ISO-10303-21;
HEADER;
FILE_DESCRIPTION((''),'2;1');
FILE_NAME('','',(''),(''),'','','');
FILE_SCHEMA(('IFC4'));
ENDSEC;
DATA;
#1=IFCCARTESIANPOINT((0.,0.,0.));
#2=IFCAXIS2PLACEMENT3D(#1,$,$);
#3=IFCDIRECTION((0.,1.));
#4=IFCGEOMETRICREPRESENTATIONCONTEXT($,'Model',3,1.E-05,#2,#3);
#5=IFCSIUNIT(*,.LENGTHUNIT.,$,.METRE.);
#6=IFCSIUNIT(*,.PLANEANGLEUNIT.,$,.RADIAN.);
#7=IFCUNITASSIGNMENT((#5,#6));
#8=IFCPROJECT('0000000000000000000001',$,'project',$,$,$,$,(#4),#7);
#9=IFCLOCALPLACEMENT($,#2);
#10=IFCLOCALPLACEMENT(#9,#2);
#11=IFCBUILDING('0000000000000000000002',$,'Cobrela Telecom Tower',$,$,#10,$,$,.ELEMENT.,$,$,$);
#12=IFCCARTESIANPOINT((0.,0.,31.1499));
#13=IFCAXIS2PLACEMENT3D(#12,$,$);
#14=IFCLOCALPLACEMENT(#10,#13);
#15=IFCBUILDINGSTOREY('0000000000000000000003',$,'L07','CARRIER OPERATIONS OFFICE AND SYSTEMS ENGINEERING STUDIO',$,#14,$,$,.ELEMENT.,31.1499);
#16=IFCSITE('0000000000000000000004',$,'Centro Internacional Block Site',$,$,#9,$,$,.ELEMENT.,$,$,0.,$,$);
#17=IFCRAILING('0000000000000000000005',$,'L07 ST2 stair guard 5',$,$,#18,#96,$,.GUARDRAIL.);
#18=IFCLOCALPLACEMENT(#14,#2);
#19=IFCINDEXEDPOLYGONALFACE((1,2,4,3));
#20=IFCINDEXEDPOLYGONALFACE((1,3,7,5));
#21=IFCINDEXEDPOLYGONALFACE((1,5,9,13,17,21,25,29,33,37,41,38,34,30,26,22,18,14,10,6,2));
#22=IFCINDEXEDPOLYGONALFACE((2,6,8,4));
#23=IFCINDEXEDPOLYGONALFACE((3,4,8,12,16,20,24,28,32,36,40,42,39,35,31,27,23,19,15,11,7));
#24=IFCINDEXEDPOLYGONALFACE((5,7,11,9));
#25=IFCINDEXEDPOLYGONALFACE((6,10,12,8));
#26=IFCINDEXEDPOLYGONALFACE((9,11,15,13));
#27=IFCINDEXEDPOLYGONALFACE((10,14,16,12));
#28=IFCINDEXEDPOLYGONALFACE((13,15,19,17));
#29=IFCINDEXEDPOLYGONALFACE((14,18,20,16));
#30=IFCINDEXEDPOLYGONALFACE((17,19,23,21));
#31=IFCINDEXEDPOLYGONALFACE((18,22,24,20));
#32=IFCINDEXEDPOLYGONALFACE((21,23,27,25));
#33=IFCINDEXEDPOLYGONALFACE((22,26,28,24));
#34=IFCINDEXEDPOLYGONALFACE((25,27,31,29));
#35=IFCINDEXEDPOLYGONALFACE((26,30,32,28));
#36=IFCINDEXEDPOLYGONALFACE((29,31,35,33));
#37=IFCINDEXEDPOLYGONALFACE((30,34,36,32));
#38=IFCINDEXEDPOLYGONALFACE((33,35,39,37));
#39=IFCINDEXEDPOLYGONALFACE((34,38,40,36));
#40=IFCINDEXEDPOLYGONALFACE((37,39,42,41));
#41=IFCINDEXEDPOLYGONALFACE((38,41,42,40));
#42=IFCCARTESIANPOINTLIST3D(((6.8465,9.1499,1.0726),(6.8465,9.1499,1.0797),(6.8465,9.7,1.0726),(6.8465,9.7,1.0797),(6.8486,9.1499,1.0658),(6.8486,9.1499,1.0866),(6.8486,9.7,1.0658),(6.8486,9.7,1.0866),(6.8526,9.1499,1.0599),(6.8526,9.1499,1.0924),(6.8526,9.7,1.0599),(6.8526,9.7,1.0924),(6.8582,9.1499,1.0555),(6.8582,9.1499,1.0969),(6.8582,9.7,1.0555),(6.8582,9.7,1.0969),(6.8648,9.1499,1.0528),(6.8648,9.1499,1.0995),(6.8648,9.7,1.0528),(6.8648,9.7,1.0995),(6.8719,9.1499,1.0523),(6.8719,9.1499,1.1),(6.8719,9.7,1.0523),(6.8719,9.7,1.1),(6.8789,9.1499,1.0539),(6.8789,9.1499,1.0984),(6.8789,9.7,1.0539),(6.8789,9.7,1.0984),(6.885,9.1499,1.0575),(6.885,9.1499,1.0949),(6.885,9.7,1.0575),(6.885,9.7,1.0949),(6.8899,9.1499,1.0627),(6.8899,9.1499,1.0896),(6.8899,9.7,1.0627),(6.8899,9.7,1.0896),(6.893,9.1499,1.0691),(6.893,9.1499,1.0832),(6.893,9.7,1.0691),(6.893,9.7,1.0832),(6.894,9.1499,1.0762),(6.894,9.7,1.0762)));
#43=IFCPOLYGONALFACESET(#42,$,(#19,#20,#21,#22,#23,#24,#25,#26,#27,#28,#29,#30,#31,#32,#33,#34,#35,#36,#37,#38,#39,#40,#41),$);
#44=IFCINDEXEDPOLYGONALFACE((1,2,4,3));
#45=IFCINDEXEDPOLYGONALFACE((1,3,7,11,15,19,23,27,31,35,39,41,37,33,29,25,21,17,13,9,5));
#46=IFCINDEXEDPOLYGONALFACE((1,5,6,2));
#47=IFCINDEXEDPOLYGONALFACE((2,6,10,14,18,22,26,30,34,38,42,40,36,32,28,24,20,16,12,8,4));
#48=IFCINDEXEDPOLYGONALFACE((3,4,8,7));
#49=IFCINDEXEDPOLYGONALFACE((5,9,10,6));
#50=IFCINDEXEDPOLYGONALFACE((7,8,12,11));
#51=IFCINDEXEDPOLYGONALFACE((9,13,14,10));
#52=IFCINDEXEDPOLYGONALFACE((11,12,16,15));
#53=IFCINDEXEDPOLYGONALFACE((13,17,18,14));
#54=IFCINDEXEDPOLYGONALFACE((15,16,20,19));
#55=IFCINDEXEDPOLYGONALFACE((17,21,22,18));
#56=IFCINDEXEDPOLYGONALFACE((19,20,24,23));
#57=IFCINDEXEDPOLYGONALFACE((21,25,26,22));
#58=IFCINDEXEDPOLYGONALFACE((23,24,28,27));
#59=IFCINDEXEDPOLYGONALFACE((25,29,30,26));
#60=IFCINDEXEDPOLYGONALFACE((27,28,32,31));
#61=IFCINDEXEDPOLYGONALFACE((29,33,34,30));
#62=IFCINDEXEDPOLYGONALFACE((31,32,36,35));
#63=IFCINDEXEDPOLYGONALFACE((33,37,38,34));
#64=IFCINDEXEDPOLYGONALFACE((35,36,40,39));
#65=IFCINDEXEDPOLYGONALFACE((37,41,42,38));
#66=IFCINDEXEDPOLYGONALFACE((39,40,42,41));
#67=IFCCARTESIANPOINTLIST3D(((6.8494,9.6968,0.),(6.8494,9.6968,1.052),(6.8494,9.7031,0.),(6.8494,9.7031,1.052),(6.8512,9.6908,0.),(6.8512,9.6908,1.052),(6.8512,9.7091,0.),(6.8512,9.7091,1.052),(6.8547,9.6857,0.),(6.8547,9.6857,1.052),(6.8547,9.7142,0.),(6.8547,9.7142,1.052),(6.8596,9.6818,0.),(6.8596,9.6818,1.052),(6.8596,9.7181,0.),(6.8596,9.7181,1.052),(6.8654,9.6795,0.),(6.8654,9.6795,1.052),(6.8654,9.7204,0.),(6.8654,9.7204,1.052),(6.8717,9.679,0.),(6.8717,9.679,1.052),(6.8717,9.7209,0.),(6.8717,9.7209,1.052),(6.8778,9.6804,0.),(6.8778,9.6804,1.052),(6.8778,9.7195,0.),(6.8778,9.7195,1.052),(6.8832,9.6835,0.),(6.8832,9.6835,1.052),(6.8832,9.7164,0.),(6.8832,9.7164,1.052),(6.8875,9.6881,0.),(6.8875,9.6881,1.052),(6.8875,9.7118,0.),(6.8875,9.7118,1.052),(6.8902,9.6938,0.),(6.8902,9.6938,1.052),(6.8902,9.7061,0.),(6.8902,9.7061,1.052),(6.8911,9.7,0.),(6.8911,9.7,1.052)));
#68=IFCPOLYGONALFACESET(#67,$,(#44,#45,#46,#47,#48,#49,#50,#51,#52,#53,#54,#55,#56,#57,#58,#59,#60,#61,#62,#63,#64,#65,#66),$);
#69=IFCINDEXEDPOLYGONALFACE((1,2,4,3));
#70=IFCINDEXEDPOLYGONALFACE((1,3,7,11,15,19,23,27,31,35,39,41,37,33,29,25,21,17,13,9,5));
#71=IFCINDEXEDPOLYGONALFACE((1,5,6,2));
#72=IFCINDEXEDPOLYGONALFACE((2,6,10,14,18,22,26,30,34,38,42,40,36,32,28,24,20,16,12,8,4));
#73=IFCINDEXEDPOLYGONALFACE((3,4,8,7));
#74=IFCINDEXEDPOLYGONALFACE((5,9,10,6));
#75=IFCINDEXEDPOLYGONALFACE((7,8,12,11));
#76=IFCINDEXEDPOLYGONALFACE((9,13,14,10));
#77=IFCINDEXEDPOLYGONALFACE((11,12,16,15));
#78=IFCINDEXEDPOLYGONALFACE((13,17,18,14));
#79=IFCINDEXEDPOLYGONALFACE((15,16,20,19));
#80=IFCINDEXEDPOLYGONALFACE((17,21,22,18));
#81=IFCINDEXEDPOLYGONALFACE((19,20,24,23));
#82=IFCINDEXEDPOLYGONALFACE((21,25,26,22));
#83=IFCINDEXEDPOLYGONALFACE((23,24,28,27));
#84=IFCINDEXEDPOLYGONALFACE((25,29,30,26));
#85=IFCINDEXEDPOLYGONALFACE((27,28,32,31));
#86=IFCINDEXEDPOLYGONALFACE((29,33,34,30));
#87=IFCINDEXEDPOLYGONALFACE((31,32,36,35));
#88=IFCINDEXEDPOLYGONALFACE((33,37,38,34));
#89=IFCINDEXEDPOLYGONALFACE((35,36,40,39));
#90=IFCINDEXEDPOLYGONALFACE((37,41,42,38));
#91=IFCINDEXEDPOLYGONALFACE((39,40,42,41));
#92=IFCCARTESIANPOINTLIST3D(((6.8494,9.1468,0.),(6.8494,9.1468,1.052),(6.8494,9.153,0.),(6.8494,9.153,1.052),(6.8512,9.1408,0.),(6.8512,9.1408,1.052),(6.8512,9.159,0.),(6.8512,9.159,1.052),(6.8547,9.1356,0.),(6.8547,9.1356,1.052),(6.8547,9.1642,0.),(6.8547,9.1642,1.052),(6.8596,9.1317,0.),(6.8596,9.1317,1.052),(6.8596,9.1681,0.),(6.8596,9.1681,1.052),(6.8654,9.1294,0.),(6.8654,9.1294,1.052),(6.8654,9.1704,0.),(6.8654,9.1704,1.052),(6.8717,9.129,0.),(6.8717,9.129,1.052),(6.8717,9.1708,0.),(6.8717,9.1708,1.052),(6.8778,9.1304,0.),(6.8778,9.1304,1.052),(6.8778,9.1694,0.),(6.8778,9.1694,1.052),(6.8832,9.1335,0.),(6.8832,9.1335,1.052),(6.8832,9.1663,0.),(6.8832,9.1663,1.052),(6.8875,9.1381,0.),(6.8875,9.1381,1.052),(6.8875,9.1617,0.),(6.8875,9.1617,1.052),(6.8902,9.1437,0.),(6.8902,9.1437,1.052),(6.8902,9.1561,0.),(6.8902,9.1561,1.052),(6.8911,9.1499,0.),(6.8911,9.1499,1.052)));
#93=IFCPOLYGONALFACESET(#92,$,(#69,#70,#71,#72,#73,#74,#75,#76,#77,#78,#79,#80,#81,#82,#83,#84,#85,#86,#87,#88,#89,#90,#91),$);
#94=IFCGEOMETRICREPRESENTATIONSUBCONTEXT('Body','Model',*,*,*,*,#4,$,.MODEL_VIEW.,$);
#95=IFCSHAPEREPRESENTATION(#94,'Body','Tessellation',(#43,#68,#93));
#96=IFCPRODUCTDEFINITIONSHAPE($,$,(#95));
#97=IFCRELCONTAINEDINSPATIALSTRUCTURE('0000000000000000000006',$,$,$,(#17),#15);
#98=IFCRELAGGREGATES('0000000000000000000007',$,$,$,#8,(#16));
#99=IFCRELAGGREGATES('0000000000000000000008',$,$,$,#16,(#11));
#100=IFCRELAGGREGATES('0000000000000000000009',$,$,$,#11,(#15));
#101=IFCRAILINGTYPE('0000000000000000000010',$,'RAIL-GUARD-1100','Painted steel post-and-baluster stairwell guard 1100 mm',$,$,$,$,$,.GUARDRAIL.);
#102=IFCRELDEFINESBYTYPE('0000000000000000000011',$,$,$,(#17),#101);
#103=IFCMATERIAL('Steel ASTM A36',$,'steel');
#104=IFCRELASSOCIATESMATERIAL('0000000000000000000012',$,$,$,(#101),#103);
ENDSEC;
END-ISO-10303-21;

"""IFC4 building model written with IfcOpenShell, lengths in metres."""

from ifc_helpers import new_model, si_unit, direction, frame, origin, origin_2d, place, context, subcontext, project, spatial, circle, extrude, material, type_object, element, save


model = new_model("IFC4")

# Units and contexts
model_context = context("Model", 3, precision=1e-05, world=origin(), true_north=direction((0.0, 1.0)))
body_context = subcontext(model_context, "Body", "Model", "MODEL_VIEW")
ifc_project = project(units=[si_unit("LENGTHUNIT", "METRE"), si_unit("PLANEANGLEUNIT", "RADIAN")], contexts=[model_context])

# Site, building, storey
site_placement = place(None, origin())
site = spatial("IfcSite", under=ifc_project, at=site_placement, Name="Centro Internacional Block Site", CompositionType="ELEMENT", RefElevation=0.0)
building_placement = place(site_placement, origin())
building = spatial("IfcBuilding", under=site, at=building_placement, Name="Cobrela Telecom Tower", CompositionType="ELEMENT")
storey_placement = place(building_placement, frame((0.0, 0.0, 31.1499)))
storey = spatial("IfcBuildingStorey", under=building, at=storey_placement, Name="L07", Description="CARRIER OPERATIONS OFFICE AND SYSTEMS ENGINEERING STUDIO", CompositionType="ELEMENT", Elevation=31.1499)

# Railing
ifc_material_1 = material(Name="Steel ASTM A36", Category="steel")
railing_type_1 = type_object("IfcRailingType", Name="RAIL-GUARD-1100", Description="Painted steel post-and-baluster stairwell guard 1100 mm", PredefinedType="GUARDRAIL", material=ifc_material_1)
railing_1_placement = place(storey_placement, frame((6.8701, 9.7, 0.0)))
element("IfcRailing", 1, at=railing_1_placement, inside=storey, type_object=railing_type_1, Name="L07 ST2 stair guard 5", PredefinedType="GUARDRAIL", context=body_context, shape_type="SweptSolid", body=[
    extrude(circle(Radius=0.0239, at=origin_2d()), frame((0.0, 0.0, 1.0762), z_axis=(0.0, -1.0, 0.0), x_axis=(1.0, 0.0, 0.0)), (0.0, 0.0, 1.0), 0.55),
    extrude(circle(Radius=0.021, at=origin_2d()), origin(), (0.0, 0.0, 1.0), 1.052),
    extrude(circle(Radius=0.021, at=origin_2d()), frame((0.0, -0.55, 0.0)), (0.0, 0.0, 1.0), 1.052),
])

save(model, "model.ifc")
